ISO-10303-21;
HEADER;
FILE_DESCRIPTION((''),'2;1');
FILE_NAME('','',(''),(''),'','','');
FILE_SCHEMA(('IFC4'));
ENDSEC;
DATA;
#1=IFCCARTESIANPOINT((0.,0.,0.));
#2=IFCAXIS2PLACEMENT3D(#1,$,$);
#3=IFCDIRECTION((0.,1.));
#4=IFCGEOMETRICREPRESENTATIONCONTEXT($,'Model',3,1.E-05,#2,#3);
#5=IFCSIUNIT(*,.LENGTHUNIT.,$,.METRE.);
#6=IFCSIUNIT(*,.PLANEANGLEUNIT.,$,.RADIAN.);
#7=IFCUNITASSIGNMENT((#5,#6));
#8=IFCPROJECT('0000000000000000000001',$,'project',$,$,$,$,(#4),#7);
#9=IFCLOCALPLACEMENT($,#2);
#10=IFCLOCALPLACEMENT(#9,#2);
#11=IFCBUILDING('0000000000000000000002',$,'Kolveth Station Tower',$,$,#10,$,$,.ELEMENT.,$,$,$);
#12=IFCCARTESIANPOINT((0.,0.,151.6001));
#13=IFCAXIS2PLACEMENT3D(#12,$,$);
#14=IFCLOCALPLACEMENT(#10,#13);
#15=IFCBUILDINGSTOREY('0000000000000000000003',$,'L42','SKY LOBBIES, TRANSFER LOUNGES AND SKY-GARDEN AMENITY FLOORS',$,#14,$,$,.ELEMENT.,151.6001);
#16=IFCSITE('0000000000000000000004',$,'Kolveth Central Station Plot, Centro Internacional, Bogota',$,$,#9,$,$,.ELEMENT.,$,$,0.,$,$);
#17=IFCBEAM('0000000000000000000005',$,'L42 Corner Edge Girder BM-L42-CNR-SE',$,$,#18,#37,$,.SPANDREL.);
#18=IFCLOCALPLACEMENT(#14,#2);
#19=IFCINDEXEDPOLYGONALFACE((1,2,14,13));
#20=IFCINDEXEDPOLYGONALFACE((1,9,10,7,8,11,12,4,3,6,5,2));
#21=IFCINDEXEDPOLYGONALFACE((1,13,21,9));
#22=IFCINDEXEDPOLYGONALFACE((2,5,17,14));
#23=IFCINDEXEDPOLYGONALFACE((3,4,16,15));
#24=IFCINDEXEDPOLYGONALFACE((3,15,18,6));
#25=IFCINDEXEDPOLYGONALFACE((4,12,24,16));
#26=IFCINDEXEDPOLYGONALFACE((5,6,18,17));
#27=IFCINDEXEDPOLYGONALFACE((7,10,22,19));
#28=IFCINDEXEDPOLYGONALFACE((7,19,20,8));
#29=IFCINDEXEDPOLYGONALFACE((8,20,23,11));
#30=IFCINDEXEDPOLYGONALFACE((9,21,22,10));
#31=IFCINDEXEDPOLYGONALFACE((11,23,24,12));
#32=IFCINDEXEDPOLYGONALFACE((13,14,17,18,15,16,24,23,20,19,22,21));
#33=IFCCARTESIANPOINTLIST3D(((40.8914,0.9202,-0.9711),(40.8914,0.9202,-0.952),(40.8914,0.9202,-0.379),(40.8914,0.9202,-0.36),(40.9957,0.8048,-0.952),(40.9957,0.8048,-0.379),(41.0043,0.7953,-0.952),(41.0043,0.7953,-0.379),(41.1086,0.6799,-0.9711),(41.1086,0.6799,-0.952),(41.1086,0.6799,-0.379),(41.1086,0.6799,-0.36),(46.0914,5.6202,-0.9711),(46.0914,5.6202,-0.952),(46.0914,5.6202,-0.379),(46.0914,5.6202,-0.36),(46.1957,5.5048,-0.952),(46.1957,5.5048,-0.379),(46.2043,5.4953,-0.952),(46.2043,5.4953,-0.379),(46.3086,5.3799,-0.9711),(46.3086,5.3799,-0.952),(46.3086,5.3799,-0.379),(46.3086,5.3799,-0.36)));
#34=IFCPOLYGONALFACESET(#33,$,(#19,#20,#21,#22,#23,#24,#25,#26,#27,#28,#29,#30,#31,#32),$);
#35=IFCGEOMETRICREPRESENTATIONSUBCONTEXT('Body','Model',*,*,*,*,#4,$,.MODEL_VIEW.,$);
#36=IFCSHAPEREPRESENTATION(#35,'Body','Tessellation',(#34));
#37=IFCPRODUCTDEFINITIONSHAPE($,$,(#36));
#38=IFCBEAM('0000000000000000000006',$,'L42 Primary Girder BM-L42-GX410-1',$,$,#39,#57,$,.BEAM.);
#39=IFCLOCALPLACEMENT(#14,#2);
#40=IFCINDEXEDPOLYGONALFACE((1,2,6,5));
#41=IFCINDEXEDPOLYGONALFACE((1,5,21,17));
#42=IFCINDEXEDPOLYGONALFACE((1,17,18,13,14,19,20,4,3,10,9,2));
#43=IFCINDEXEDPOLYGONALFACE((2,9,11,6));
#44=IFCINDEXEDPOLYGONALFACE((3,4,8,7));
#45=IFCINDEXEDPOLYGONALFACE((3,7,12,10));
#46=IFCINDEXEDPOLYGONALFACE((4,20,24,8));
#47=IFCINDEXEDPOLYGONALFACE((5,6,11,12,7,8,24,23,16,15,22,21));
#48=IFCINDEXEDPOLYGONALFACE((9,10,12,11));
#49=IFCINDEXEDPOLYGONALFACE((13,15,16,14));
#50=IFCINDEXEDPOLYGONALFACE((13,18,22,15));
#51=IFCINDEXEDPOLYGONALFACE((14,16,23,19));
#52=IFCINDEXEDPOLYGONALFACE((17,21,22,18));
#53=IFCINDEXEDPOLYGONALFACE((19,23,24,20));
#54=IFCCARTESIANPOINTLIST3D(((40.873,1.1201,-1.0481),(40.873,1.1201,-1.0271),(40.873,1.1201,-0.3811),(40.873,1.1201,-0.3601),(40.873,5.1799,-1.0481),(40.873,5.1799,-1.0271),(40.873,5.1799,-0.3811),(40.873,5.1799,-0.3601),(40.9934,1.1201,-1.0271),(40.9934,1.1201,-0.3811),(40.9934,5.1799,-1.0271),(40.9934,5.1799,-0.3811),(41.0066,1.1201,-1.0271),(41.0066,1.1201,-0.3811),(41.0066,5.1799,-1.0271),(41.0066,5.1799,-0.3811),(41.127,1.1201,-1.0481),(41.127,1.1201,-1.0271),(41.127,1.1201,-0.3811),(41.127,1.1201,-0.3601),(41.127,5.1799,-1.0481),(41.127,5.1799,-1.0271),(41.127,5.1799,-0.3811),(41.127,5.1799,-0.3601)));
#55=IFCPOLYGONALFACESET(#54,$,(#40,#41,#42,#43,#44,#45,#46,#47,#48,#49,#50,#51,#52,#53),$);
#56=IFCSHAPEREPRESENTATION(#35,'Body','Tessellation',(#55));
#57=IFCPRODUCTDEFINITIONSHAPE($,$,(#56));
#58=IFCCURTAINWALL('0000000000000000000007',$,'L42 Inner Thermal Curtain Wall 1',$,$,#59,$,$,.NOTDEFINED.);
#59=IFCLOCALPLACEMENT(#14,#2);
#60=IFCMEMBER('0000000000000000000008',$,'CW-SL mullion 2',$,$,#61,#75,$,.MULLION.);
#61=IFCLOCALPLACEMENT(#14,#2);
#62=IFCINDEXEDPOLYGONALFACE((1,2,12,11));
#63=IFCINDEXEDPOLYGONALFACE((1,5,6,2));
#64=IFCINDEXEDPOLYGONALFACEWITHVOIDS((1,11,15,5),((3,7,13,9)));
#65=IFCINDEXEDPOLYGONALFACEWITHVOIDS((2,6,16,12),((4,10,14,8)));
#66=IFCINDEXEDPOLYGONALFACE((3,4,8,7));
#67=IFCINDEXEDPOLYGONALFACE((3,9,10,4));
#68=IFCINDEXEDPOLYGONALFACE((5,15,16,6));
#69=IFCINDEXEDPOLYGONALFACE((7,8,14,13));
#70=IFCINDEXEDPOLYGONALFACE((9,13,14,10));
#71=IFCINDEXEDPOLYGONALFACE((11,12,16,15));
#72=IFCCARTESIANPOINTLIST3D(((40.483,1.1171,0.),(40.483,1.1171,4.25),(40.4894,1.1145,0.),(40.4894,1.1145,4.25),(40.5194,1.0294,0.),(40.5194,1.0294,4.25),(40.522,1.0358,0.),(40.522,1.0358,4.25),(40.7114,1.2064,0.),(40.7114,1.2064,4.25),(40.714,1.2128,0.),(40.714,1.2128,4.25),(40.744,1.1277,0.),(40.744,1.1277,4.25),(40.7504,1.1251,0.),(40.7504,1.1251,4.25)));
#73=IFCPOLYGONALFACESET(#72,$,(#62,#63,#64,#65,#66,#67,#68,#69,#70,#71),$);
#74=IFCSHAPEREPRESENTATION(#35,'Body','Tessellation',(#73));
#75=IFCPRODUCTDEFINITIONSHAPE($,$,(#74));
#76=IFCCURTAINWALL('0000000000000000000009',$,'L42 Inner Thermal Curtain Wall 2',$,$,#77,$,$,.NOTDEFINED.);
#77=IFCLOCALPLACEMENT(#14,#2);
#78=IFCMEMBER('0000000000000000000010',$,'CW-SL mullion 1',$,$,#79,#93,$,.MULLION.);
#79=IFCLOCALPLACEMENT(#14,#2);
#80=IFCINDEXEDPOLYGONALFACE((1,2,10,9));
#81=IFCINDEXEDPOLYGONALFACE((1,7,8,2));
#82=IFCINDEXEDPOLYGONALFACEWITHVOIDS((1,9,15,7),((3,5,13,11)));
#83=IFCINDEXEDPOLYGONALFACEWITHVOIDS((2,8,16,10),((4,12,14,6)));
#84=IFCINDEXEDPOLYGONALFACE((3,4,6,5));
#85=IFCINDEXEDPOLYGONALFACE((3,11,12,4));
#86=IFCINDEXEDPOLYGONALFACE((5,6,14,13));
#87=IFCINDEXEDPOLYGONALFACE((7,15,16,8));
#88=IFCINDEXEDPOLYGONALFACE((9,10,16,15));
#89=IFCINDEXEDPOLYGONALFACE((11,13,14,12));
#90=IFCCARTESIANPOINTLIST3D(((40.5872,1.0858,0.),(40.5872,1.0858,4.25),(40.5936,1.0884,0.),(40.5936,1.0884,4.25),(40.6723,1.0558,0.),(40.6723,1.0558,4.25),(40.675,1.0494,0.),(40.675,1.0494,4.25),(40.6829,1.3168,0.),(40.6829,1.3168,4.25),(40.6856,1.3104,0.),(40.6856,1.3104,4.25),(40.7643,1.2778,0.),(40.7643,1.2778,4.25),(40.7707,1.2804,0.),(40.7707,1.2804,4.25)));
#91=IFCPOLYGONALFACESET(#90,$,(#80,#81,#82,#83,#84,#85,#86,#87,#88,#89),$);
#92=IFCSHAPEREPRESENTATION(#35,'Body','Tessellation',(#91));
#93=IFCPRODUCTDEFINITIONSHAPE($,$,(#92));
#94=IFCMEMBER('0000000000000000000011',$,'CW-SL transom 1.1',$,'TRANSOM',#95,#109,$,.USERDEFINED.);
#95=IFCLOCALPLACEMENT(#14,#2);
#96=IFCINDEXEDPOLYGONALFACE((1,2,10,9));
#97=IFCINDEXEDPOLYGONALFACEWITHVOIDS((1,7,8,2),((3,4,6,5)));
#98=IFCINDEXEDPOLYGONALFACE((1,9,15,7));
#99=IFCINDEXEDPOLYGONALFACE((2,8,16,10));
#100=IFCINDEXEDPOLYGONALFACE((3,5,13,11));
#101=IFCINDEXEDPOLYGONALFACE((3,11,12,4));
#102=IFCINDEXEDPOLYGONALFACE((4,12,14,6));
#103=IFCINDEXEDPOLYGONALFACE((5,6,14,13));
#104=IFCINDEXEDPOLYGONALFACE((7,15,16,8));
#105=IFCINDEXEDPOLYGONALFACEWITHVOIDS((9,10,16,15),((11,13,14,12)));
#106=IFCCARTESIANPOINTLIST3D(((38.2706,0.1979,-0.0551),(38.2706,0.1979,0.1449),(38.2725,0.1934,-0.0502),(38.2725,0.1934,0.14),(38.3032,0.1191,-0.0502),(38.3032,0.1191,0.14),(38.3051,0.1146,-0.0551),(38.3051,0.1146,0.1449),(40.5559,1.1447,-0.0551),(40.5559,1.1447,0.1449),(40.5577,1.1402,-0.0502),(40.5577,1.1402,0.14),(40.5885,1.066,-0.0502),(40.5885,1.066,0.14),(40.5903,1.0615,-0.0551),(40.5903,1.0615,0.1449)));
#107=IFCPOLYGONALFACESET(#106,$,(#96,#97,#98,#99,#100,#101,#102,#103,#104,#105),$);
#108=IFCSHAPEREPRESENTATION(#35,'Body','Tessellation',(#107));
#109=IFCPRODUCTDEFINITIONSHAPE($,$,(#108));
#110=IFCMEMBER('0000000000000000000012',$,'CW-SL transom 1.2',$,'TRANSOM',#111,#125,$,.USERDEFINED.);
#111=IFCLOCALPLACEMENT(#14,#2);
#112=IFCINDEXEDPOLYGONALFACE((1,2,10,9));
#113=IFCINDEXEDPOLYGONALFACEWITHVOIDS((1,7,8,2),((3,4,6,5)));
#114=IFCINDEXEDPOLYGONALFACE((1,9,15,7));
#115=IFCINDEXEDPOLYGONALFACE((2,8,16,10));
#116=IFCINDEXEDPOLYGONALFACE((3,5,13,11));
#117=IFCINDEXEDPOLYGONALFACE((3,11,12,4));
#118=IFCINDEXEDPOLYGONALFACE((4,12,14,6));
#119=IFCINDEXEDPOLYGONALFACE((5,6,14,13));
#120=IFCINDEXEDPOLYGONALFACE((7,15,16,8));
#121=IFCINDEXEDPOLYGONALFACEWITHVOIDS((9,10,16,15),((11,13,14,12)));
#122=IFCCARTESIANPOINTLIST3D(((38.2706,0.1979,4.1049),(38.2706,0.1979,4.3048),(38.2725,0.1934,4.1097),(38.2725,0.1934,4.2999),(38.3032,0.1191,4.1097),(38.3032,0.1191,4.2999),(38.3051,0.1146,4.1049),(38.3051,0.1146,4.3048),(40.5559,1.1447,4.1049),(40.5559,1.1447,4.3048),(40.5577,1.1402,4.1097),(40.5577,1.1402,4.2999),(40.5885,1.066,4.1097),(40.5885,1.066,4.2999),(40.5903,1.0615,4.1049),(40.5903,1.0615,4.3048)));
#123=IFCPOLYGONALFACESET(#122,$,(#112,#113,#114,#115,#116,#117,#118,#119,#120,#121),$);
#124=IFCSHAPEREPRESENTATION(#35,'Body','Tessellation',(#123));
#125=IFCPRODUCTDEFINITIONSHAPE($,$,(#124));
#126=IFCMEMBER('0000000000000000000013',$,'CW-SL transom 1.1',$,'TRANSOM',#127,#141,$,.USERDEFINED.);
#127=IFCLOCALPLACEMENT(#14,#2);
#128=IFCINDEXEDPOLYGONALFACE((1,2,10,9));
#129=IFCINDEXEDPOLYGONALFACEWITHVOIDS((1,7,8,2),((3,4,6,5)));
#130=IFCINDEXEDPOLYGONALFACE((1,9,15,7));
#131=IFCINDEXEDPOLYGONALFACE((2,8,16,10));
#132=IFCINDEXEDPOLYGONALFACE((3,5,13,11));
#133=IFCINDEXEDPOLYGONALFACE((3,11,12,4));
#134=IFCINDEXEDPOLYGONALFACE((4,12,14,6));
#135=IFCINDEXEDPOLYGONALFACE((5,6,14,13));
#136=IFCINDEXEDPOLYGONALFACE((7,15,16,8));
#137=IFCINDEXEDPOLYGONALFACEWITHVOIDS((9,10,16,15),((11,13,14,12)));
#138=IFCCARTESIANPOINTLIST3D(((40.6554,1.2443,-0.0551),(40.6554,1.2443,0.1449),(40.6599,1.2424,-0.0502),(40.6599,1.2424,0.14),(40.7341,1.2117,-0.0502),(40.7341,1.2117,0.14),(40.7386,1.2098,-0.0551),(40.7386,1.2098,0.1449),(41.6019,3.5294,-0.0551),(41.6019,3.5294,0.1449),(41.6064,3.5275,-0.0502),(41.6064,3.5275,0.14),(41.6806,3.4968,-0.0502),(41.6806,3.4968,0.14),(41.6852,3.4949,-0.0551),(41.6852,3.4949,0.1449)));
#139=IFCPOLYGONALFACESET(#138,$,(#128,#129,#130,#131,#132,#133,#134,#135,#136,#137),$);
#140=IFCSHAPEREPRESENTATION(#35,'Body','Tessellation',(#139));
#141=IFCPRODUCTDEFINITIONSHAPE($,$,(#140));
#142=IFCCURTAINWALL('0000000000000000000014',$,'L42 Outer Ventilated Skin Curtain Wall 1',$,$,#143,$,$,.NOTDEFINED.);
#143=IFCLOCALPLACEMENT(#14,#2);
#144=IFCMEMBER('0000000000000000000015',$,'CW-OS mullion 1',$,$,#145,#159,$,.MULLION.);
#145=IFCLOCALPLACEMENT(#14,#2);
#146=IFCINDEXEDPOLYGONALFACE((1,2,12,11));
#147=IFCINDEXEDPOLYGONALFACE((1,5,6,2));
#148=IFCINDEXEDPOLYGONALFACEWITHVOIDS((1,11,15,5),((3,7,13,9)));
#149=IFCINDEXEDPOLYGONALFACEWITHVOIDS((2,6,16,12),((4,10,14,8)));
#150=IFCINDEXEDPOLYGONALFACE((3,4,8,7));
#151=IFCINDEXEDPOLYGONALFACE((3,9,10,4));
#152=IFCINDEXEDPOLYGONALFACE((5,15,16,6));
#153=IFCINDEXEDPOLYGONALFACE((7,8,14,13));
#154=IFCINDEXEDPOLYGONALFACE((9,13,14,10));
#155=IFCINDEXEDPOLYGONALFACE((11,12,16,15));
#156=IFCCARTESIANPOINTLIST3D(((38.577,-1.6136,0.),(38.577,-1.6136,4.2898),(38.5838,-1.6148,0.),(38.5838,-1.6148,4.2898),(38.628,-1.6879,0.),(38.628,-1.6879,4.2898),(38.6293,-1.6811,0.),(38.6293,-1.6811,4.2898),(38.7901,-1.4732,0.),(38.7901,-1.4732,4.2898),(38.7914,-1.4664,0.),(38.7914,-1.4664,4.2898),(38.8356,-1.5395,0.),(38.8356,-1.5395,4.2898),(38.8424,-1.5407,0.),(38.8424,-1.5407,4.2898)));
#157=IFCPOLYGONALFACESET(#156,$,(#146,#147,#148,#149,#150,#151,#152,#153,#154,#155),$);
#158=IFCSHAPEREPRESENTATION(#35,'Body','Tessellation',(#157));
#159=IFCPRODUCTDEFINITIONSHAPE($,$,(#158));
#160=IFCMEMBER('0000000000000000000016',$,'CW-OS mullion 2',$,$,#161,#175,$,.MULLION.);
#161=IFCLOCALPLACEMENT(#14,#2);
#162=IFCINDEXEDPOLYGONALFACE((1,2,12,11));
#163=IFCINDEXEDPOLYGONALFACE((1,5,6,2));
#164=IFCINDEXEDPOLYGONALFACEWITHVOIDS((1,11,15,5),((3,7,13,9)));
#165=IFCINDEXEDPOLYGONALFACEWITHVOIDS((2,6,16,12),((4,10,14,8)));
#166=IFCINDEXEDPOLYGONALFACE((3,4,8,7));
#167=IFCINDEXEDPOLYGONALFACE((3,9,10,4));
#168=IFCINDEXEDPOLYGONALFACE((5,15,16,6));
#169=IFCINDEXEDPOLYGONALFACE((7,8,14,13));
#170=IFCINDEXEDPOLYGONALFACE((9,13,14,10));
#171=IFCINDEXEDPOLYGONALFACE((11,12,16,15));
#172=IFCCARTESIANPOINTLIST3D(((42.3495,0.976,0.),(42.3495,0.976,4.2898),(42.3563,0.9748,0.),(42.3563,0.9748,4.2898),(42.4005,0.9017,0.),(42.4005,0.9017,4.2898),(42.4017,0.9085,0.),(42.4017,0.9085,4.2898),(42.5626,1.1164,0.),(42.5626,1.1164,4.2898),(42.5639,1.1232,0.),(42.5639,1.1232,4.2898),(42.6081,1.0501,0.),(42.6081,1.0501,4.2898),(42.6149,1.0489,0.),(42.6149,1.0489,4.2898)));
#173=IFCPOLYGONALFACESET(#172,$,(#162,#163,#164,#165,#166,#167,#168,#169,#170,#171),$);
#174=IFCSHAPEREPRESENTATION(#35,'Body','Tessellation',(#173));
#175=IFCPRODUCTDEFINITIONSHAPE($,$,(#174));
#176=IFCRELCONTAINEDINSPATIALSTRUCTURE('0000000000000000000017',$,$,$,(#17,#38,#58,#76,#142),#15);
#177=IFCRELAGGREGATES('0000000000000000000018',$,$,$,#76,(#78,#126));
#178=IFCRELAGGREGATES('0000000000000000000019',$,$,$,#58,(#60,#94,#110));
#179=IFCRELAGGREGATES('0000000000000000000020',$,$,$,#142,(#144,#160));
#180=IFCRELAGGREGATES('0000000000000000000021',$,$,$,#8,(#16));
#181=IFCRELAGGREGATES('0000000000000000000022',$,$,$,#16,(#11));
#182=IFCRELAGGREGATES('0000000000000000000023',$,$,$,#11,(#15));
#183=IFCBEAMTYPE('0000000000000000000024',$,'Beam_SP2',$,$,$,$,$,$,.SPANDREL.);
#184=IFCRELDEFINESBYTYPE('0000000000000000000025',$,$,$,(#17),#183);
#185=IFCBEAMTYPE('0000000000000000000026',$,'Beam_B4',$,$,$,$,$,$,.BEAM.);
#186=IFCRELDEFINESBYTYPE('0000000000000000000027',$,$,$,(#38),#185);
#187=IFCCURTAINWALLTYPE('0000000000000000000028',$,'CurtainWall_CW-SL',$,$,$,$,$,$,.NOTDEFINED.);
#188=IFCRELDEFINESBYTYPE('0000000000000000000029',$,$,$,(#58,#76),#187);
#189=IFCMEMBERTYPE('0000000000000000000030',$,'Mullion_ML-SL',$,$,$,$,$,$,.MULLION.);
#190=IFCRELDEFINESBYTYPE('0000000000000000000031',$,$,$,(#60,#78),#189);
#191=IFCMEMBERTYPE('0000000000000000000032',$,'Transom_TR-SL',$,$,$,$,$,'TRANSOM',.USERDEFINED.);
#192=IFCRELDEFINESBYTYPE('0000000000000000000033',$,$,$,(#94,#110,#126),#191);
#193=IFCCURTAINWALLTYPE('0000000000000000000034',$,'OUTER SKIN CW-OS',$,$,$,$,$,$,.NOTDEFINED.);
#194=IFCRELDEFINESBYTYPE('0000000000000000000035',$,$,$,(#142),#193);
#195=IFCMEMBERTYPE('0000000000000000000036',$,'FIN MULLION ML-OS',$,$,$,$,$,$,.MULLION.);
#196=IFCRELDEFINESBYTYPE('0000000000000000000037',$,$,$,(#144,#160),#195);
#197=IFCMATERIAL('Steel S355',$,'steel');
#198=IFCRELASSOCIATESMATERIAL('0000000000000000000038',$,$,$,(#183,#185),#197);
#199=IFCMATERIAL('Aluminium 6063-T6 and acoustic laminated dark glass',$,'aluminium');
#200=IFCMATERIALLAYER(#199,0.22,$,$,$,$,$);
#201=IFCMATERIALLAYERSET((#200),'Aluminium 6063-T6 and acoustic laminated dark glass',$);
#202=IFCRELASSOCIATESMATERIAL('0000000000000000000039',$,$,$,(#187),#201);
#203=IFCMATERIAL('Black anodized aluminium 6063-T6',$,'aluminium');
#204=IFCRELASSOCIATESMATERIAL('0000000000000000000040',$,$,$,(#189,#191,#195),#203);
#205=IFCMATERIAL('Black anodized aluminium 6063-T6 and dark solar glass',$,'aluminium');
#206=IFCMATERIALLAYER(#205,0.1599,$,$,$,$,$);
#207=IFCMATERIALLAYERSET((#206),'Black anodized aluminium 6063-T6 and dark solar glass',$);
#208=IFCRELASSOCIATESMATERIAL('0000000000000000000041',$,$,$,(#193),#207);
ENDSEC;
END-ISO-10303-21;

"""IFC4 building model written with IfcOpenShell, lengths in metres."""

from ifc_helpers import new_model, si_unit, direction, frame, origin, origin_2d, place, context, subcontext, project, spatial, hollow_rectangle, i_section, extrude, source, transform, mapped, material, layer, layer_set, material_profile, profile_set, type_object, element, aggregate, save


model = new_model("IFC4")

# Units and contexts
model_context = context("Model", 3, precision=1e-05, world=origin(), true_north=direction((0.0, 1.0)))
body_context = subcontext(model_context, "Body", "Model", "MODEL_VIEW")
ifc_project = project(units=[si_unit("LENGTHUNIT", "METRE"), si_unit("PLANEANGLEUNIT", "RADIAN")], contexts=[model_context])

# Site, building, storey
site_placement = place(None, origin())
site = spatial("IfcSite", under=ifc_project, at=site_placement, Name="Kolveth Central Station Plot, Centro Internacional, Bogota", CompositionType="ELEMENT", RefElevation=0.0)
building_placement = place(site_placement, origin())
building = spatial("IfcBuilding", under=site, at=building_placement, Name="Kolveth Station Tower", CompositionType="ELEMENT")
storey_placement = place(building_placement, frame((0.0, 0.0, 151.6001)))
storey = spatial("IfcBuildingStorey", under=building, at=storey_placement, Name="L42", Description="SKY LOBBIES, TRANSFER LOUNGES AND SKY-GARDEN AMENITY FLOORS", CompositionType="ELEMENT", Elevation=151.6001)

# Beams
ifc_material_1 = material(Name="Steel S355", Category="steel")
ifc_material_profile_1 = material_profile(ifc_material_1, i_section(OverallWidth=0.324, OverallDepth=0.6111, WebThickness=0.0127, FlangeThickness=0.019, at=origin_2d()), Name="W610x155")
ifc_profile_set_1 = profile_set([ifc_material_profile_1], Name="Steel S355")
beam_type_1 = type_object("IfcBeamType", Name="Beam_SP2", PredefinedType="SPANDREL", material=ifc_profile_set_1)
shared_shape_1 = source(origin(), body_context, "Body", "SweptSolid", [
    extrude(i_section(OverallWidth=0.324, OverallDepth=0.6111, WebThickness=0.0127, FlangeThickness=0.019, at=origin_2d()), origin(), (0.0, 0.0, 1.0), 7.0093),
])
beam_1_placement = place(storey_placement, frame((41.0, 0.8, -0.6655), z_axis=(0.741874, 0.670539, 0.0), x_axis=(-0.670539, 0.741874, 0.0)))
element("IfcBeam", 1, at=beam_1_placement, inside=storey, type_object=beam_type_1, Name="L42 Corner Edge Girder BM-L42-CNR-SE", PredefinedType="SPANDREL", context=body_context, shape_type="MappedRepresentation", body=[
    mapped(shared_shape_1, transform((0.0, 0.0, 0.0), x_axis=(1.0, 0.0, 0.0), y_axis=(0.0, 1.0, 0.0), z_axis=(0.0, 0.0, 1.0), scale=1.0)),
])
ifc_material_profile_2 = material_profile(ifc_material_1, i_section(OverallWidth=0.2539, OverallDepth=0.688, WebThickness=0.0132, FlangeThickness=0.021, at=origin_2d()), Name="W690x152")
ifc_profile_set_2 = profile_set([ifc_material_profile_2], Name="Steel S355")
beam_type_2 = type_object("IfcBeamType", Name="Beam_B4", PredefinedType="BEAM", material=ifc_profile_set_2)
shared_shape_2 = source(origin(), body_context, "Body", "SweptSolid", [
    extrude(i_section(OverallWidth=0.2539, OverallDepth=0.688, WebThickness=0.0132, FlangeThickness=0.021, at=origin_2d()), origin(), (0.0, 0.0, 1.0), 4.0598),
])
beam_2_placement = place(storey_placement, frame((41.0, 1.1201, -0.7041), z_axis=(0.0, 1.0, 0.0), x_axis=(-1.0, 0.0, 0.0)))
element("IfcBeam", 2, at=beam_2_placement, inside=storey, type_object=beam_type_2, Name="L42 Primary Girder BM-L42-GX410-1", PredefinedType="BEAM", context=body_context, shape_type="MappedRepresentation", body=[
    mapped(shared_shape_2, transform((0.0, 0.0, 0.0), x_axis=(1.0, 0.0, 0.0), y_axis=(0.0, 1.0, 0.0), z_axis=(0.0, 0.0, 1.0), scale=1.0)),
])

# Curtain walls, members
ifc_material_2 = material(Name="Aluminium 6063-T6 and acoustic laminated dark glass", Category="aluminium")
ifc_layer_1 = layer(ifc_material_2, 0.22)
ifc_layer_set_1 = layer_set([ifc_layer_1], Name="Aluminium 6063-T6 and acoustic laminated dark glass")
curtain_wall_type_1 = type_object("IfcCurtainWallType", Name="CurtainWall_CW-SL", PredefinedType="NOTDEFINED", material=ifc_layer_set_1)
curtain_wall_1_placement = place(storey_placement, origin())
curtain_wall_1 = element("IfcCurtainWall", 3, at=curtain_wall_1_placement, inside=storey, type_object=curtain_wall_type_1, Name="L42 Inner Thermal Curtain Wall 1", PredefinedType="NOTDEFINED")
ifc_material_3 = material(Name="Black anodized aluminium 6063-T6", Category="aluminium")
ifc_material_profile_3 = material_profile(ifc_material_3, hollow_rectangle(XDim=0.095, YDim=0.25, WallThickness=0.0049, at=origin_2d()), Name="ALU-95x250x5")
ifc_profile_set_3 = profile_set([ifc_material_profile_3], Name="Black anodized aluminium 6063-T6")
member_type_1 = type_object("IfcMemberType", Name="Mullion_ML-SL", PredefinedType="MULLION", material=ifc_profile_set_3)
shared_shape_3 = source(origin(), body_context, "Body", "SweptSolid", [
    extrude(hollow_rectangle(XDim=0.095, YDim=0.25, WallThickness=0.0049, at=origin_2d()), origin(), (0.0, 0.0, 1.0), 4.25),
])
member_1_placement = place(storey_placement, frame((40.6167, 1.1211, 0.0), z_axis=(0.0, 0.0, 1.0), x_axis=(-0.382698, 0.923874, 0.0)))
member_1 = element("IfcMember", 4, at=member_1_placement, type_object=member_type_1, Name="CW-SL mullion 2", PredefinedType="MULLION", context=body_context, shape_type="MappedRepresentation", body=[
    mapped(shared_shape_3, transform((0.0, 0.0, 0.0), x_axis=(1.0, 0.0, 0.0), y_axis=(0.0, 1.0, 0.0), z_axis=(0.0, 0.0, 1.0), scale=1.0)),
])
curtain_wall_2_placement = place(storey_placement, origin())
curtain_wall_2 = element("IfcCurtainWall", 5, at=curtain_wall_2_placement, inside=storey, type_object=curtain_wall_type_1, Name="L42 Inner Thermal Curtain Wall 2", PredefinedType="NOTDEFINED")
member_2_placement = place(storey_placement, frame((40.679, 1.1831, 0.0), z_axis=(0.0, 0.0, 1.0), x_axis=(-0.923874, 0.382698, 0.0)))
member_2 = element("IfcMember", 6, at=member_2_placement, type_object=member_type_1, Name="CW-SL mullion 1", PredefinedType="MULLION", context=body_context, shape_type="MappedRepresentation", body=[
    mapped(shared_shape_3, transform((0.0, 0.0, 0.0), x_axis=(1.0, 0.0, 0.0), y_axis=(0.0, 1.0, 0.0), z_axis=(0.0, 0.0, 1.0), scale=1.0)),
])

# Members
ifc_material_profile_4 = material_profile(ifc_material_3, hollow_rectangle(XDim=0.0901, YDim=0.2, WallThickness=0.0049, at=origin_2d()), Name="ALU-90x200x5")
ifc_profile_set_4 = profile_set([ifc_material_profile_4], Name="Black anodized aluminium 6063-T6")
member_type_2 = type_object("IfcMemberType", Name="Transom_TR-SL", ElementType="TRANSOM", PredefinedType="USERDEFINED", material=ifc_profile_set_4)
shared_shape_4 = source(origin(), body_context, "Body", "SweptSolid", [
    extrude(hollow_rectangle(XDim=0.0901, YDim=0.2, WallThickness=0.0049, at=origin_2d()), origin(), (0.0, 0.0, 1.0), 2.4736),
])
member_3_placement = place(storey_placement, frame((38.2878, 0.1562, 0.0449), z_axis=(0.923846, 0.382764, 0.0), x_axis=(-0.382764, 0.923846, 0.0)))
member_3 = element("IfcMember", 7, at=member_3_placement, type_object=member_type_2, Name="CW-SL transom 1.1", ObjectType="TRANSOM", PredefinedType="USERDEFINED", context=body_context, shape_type="MappedRepresentation", body=[
    mapped(shared_shape_4, transform((0.0, 0.0, 0.0), x_axis=(1.0, 0.0, 0.0), y_axis=(0.0, 1.0, 0.0), z_axis=(0.0, 0.0, 1.0), scale=1.0)),
])
member_4_placement = place(storey_placement, frame((38.2878, 0.1562, 4.2048), z_axis=(0.923846, 0.382764, 0.0), x_axis=(-0.382764, 0.923846, 0.0)))
member_4 = element("IfcMember", 8, at=member_4_placement, type_object=member_type_2, Name="CW-SL transom 1.2", ObjectType="TRANSOM", PredefinedType="USERDEFINED", context=body_context, shape_type="MappedRepresentation", body=[
    mapped(shared_shape_4, transform((0.0, 0.0, 0.0), x_axis=(1.0, 0.0, 0.0), y_axis=(0.0, 1.0, 0.0), z_axis=(0.0, 0.0, 1.0), scale=1.0)),
])
shared_shape_5 = source(origin(), body_context, "Body", "SweptSolid", [
    extrude(hollow_rectangle(XDim=0.0901, YDim=0.2, WallThickness=0.0049, at=origin_2d()), origin(), (0.0, 0.0, 1.0), 2.4734),
])
member_5_placement = place(storey_placement, frame((40.697, 1.2271, 0.0449), z_axis=(0.38268, 0.923881, 0.0), x_axis=(-0.923881, 0.38268, 0.0)))
member_5 = element("IfcMember", 9, at=member_5_placement, type_object=member_type_2, Name="CW-SL transom 1.1", ObjectType="TRANSOM", PredefinedType="USERDEFINED", context=body_context, shape_type="MappedRepresentation", body=[
    mapped(shared_shape_5, transform((0.0, 0.0, 0.0), x_axis=(1.0, 0.0, 0.0), y_axis=(0.0, 1.0, 0.0), z_axis=(0.0, 0.0, 1.0), scale=1.0)),
])
aggregate(curtain_wall_2, [member_2, member_5])

# Curtain wall, members
ifc_material_4 = material(Name="Black anodized aluminium 6063-T6 and dark solar glass", Category="aluminium")
ifc_layer_2 = layer(ifc_material_4, 0.1599)
ifc_layer_set_2 = layer_set([ifc_layer_2], Name="Black anodized aluminium 6063-T6 and dark solar glass")
curtain_wall_type_2 = type_object("IfcCurtainWallType", Name="OUTER SKIN CW-OS", PredefinedType="NOTDEFINED", material=ifc_layer_set_2)
curtain_wall_3_placement = place(storey_placement, origin())
curtain_wall_3 = element("IfcCurtainWall", 10, at=curtain_wall_3_placement, inside=storey, type_object=curtain_wall_type_2, Name="L42 Outer Ventilated Skin Curtain Wall 1", PredefinedType="NOTDEFINED")
ifc_material_profile_5 = material_profile(ifc_material_3, hollow_rectangle(XDim=0.0901, YDim=0.26, WallThickness=0.0049, at=origin_2d()), Name="ALU-90x260x5")
ifc_profile_set_5 = profile_set([ifc_material_profile_5], Name="Black anodized aluminium 6063-T6")
member_type_3 = type_object("IfcMemberType", Name="FIN MULLION ML-OS", PredefinedType="MULLION", material=ifc_profile_set_5)
shared_shape_6 = source(origin(), body_context, "Body", "SweptSolid", [
    extrude(hollow_rectangle(XDim=0.0901, YDim=0.26, WallThickness=0.0049, at=origin_2d()), origin(), (0.0, 0.0, 1.0), 4.2898),
])
member_6_placement = place(storey_placement, frame((38.7097, -1.5771, 0.0), z_axis=(0.0, 0.0, 1.0), x_axis=(-0.565921, 0.824459, 0.0)))
member_6 = element("IfcMember", 11, at=member_6_placement, type_object=member_type_3, Name="CW-OS mullion 1", PredefinedType="MULLION", context=body_context, shape_type="MappedRepresentation", body=[
    mapped(shared_shape_6, transform((0.0, 0.0, 0.0), x_axis=(1.0, 0.0, 0.0), y_axis=(0.0, 1.0, 0.0), z_axis=(0.0, 0.0, 1.0), scale=1.0)),
])
member_7_placement = place(storey_placement, frame((42.4822, 1.0125, 0.0), z_axis=(0.0, 0.0, 1.0), x_axis=(-0.565921, 0.824459, 0.0)))
member_7 = element("IfcMember", 12, at=member_7_placement, type_object=member_type_3, Name="CW-OS mullion 2", PredefinedType="MULLION", context=body_context, shape_type="MappedRepresentation", body=[
    mapped(shared_shape_6, transform((0.0, 0.0, 0.0), x_axis=(1.0, 0.0, 0.0), y_axis=(0.0, 1.0, 0.0), z_axis=(0.0, 0.0, 1.0), scale=1.0)),
])

aggregate(curtain_wall_1, [member_1, member_3, member_4])
aggregate(curtain_wall_3, [member_6, member_7])

save(model, "model.ifc")
